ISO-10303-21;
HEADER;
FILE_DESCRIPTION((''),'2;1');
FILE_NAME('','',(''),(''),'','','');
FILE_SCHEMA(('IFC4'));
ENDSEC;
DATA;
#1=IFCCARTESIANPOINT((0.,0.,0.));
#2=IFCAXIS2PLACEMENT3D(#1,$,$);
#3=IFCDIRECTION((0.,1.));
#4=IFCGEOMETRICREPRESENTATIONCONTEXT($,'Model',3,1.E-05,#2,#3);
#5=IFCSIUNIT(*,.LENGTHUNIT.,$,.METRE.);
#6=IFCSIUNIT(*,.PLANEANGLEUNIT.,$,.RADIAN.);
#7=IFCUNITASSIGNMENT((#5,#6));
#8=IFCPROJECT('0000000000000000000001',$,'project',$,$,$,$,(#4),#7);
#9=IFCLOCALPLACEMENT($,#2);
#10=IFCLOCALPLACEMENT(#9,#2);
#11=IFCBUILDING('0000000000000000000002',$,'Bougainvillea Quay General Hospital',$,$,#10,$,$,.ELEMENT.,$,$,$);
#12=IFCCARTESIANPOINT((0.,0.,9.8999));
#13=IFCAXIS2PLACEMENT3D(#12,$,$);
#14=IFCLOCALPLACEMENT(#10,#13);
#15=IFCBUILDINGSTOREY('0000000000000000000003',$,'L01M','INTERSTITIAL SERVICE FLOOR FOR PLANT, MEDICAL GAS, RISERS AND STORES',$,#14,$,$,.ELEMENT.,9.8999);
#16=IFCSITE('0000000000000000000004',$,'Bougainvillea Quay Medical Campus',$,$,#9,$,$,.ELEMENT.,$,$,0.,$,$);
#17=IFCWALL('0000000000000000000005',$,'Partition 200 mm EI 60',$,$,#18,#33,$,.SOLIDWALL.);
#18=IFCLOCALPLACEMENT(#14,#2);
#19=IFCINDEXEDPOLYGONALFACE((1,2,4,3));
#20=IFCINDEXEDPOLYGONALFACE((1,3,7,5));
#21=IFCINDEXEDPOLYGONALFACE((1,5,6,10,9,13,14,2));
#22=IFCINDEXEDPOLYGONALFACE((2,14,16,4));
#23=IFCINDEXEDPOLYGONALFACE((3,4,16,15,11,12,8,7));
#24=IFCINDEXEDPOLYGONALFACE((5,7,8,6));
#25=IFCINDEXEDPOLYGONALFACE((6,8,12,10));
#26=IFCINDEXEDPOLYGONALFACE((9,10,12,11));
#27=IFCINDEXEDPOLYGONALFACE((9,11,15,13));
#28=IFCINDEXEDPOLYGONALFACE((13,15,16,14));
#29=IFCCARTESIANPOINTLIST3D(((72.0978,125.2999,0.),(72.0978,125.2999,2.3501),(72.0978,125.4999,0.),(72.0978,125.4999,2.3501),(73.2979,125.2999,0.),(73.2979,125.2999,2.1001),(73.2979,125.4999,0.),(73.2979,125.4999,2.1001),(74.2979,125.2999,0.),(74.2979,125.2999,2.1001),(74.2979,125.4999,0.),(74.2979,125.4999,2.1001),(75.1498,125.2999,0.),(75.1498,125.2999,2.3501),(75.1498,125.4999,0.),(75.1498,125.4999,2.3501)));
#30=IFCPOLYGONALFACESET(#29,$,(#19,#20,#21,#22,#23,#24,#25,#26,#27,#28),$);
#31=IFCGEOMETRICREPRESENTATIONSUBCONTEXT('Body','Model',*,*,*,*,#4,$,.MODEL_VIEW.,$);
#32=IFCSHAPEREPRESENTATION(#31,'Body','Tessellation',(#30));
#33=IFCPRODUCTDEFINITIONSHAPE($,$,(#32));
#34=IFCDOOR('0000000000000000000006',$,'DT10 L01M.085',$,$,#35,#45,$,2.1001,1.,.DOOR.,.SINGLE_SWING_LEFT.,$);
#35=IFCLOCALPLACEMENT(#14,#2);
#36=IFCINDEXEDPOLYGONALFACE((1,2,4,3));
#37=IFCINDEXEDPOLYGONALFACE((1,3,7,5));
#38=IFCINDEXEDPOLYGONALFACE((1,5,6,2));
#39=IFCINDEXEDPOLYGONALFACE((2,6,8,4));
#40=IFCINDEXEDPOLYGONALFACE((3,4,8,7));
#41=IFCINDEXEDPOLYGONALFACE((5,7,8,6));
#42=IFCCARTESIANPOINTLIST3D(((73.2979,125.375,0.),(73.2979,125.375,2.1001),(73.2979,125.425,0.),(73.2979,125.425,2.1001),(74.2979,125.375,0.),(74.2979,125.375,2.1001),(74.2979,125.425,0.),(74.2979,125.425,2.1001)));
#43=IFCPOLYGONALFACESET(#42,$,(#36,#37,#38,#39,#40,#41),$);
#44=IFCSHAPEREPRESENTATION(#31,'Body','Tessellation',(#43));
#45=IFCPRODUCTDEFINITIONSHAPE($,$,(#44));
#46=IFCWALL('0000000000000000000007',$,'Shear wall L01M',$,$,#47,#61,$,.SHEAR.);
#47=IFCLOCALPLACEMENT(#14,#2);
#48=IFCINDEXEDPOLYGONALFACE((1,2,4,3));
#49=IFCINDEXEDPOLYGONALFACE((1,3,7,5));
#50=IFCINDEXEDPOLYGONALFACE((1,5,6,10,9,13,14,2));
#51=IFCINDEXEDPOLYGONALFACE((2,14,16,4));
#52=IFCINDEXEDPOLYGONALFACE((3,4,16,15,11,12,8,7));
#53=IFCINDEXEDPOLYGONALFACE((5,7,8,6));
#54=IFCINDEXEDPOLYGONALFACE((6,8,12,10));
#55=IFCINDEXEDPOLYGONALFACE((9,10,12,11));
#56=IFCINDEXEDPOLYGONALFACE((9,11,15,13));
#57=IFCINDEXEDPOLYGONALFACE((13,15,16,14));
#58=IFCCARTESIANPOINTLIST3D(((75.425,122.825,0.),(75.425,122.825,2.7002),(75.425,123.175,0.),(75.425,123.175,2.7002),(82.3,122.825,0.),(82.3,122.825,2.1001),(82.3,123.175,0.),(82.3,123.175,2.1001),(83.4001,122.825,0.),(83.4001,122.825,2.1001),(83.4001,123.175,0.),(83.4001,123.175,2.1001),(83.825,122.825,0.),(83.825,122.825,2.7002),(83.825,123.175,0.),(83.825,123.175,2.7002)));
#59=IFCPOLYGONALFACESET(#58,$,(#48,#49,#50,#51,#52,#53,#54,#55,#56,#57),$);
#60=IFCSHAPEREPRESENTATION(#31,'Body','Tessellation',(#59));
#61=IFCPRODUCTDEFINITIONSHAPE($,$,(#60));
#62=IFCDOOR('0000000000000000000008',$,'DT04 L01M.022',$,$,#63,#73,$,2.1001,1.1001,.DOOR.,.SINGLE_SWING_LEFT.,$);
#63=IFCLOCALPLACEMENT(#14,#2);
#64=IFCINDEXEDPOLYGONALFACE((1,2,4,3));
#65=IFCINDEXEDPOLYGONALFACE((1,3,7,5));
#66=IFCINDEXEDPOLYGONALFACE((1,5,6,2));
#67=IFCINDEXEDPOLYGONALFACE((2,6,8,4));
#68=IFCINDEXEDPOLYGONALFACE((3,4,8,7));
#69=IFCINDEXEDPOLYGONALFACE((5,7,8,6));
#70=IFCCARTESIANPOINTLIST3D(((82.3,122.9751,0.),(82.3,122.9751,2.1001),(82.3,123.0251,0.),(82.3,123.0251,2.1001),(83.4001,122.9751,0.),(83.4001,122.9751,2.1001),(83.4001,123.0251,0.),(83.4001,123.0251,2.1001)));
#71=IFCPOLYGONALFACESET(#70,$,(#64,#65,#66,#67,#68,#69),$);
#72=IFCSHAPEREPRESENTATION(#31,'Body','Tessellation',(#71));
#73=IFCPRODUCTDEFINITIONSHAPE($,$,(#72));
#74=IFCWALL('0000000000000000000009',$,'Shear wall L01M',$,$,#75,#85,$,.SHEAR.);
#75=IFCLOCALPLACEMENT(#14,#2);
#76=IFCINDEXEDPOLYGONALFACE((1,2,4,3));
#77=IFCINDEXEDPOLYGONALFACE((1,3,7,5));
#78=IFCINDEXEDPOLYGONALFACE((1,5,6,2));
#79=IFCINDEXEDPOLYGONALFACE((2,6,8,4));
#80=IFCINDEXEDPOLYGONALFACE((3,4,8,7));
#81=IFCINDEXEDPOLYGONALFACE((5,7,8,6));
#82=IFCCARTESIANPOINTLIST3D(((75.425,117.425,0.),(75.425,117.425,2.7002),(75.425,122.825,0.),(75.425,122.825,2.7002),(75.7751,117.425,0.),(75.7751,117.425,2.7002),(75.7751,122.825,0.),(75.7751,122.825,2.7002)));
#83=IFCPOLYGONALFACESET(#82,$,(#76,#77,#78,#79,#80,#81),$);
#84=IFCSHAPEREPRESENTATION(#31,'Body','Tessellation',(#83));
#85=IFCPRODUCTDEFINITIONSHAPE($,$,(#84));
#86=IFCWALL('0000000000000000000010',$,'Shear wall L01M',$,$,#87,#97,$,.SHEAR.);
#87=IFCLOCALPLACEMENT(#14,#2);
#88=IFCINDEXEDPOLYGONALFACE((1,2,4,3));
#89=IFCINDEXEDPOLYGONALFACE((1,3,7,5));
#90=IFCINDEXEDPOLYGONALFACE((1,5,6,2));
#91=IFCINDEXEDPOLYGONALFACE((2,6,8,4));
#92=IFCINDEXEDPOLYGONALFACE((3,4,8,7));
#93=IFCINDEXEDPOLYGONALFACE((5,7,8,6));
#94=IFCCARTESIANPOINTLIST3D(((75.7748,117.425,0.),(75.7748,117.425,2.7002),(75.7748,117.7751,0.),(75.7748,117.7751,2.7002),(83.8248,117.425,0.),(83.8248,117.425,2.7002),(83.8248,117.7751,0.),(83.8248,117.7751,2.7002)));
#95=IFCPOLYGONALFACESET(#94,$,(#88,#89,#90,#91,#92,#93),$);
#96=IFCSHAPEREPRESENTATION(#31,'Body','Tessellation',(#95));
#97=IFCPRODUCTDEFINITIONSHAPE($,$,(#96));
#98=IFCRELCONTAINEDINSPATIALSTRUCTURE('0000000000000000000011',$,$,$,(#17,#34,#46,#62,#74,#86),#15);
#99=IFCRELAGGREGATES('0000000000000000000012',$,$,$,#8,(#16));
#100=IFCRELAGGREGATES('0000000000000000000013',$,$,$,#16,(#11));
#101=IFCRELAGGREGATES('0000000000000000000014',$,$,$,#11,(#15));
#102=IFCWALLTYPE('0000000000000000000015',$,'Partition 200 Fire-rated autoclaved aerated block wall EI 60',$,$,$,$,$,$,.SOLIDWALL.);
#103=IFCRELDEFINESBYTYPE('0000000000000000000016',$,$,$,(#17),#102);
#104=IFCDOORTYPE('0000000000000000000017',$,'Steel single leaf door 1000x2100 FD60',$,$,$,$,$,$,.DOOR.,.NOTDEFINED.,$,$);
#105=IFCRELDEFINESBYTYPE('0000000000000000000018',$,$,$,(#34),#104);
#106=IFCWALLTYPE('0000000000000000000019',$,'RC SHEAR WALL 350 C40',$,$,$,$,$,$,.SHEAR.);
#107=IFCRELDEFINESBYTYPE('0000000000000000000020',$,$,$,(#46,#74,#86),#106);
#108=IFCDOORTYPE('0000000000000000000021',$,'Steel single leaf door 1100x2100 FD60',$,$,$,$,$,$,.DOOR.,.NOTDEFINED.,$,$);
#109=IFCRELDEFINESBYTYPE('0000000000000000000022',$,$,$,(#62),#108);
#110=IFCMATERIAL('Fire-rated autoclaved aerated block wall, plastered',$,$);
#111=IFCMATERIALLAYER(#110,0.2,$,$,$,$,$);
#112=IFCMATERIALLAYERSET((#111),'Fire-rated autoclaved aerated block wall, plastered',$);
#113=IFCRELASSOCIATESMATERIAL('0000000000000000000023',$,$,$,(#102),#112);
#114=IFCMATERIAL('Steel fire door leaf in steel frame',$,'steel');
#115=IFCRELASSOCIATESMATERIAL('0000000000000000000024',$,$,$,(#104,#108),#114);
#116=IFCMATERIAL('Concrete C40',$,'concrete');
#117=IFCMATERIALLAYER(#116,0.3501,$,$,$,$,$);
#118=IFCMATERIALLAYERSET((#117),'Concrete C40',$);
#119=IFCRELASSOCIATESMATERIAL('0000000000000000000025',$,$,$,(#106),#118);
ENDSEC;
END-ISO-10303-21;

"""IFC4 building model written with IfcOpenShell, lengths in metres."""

from ifc_helpers import new_model, si_unit, direction, frame, frame_2d, origin, place, context, subcontext, project, spatial, rectangle, extrude, material, layer, layer_set, type_object, element, fill, save


model = new_model("IFC4")

# Units and contexts
model_context = context("Model", 3, precision=1e-05, world=origin(), true_north=direction((0.0, 1.0)))
body_context = subcontext(model_context, "Body", "Model", "MODEL_VIEW")
ifc_project = project(units=[si_unit("LENGTHUNIT", "METRE"), si_unit("PLANEANGLEUNIT", "RADIAN")], contexts=[model_context])

# Site, building, storey
site_placement = place(None, origin())
site = spatial("IfcSite", under=ifc_project, at=site_placement, Name="Bougainvillea Quay Medical Campus", CompositionType="ELEMENT", RefElevation=0.0)
building_placement = place(site_placement, origin())
building = spatial("IfcBuilding", under=site, at=building_placement, Name="Bougainvillea Quay General Hospital", CompositionType="ELEMENT")
storey_placement = place(building_placement, frame((0.0, 0.0, 9.8999)))
storey = spatial("IfcBuildingStorey", under=building, at=storey_placement, Name="L01M", Description="INTERSTITIAL SERVICE FLOOR FOR PLANT, MEDICAL GAS, RISERS AND STORES", CompositionType="ELEMENT", Elevation=9.8999)

# Shared definitions
ifc_material_1 = material(Name="Concrete C40", Category="concrete")

# Shared definitions
ifc_material_2 = material(Name="Fire-rated autoclaved aerated block wall, plastered")
ifc_material_3 = material(Name="Steel fire door leaf in steel frame", Category="steel")

# Shared definitions
ifc_layer_1 = layer(ifc_material_2, 0.2)
ifc_layer_set_1 = layer_set([ifc_layer_1], Name="Fire-rated autoclaved aerated block wall, plastered")
wall_type_1 = type_object("IfcWallType", Name="Partition 200 Fire-rated autoclaved aerated block wall EI 60", PredefinedType="SOLIDWALL", material=ifc_layer_set_1)

# Walls, openings, doors
wall_1_placement = place(storey_placement, frame((72.0979, 125.3999, 0.0), z_axis=(0.0, 0.0, 1.0), x_axis=(1.0, 0.0, 0.0)))
wall_1 = element("IfcWall", 1, at=wall_1_placement, inside=storey, type_object=wall_type_1, Name="Partition 200 mm EI 60", PredefinedType="SOLIDWALL", context=body_context, shape_type="SweptSolid", body=[
    extrude(rectangle(XDim=3.052, YDim=0.2, at=frame_2d((1.5259, 0.0))), origin(), (0.0, 0.0, 1.0), 2.3501),
])
opening_1_placement = place(wall_1_placement, frame((1.2, 0.0, 0.0)))
opening_1 = element("IfcOpeningElement", 2, at=opening_1_placement, cuts=wall_1, PredefinedType="OPENING", context=body_context, shape_type="SweptSolid", body=[
    extrude(rectangle(XDim=1.0, YDim=2.1001, at=frame_2d((0.5, 1.05))), frame((0.0, 0.1099, 0.0), z_axis=(0.0, -1.0, 0.0), x_axis=(1.0, 0.0, 0.0)), (0.0, 0.0, 1.0), 0.22),
])
door_type_1 = type_object("IfcDoorType", Name="Steel single leaf door 1000x2100 FD60", OperationType="NOTDEFINED", PredefinedType="DOOR", material=ifc_material_3)
door_1_placement = place(opening_1_placement, frame((1.0, 0.0, 0.0), z_axis=(0.0, 0.0, 1.0), x_axis=(-1.0, 0.0, 0.0)))
door_1 = element("IfcDoor", 3, at=door_1_placement, inside=storey, type_object=door_type_1, Name="DT10 L01M.085", OperationType="SINGLE_SWING_LEFT", OverallHeight=2.1001, OverallWidth=1.0, PredefinedType="DOOR", context=body_context, shape_type="SweptSolid", body=[
    extrude(rectangle(XDim=1.0, YDim=2.1001, at=frame_2d((0.5, 1.05))), frame((0.0, 0.0249, 0.0), z_axis=(0.0, -1.0, 0.0), x_axis=(1.0, 0.0, 0.0)), (0.0, 0.0, 1.0), 0.05),
])
fill(opening_1, door_1)
ifc_layer_2 = layer(ifc_material_1, 0.3501)
ifc_layer_set_2 = layer_set([ifc_layer_2], Name="Concrete C40")
wall_type_2 = type_object("IfcWallType", Name="RC SHEAR WALL 350 C40", PredefinedType="SHEAR", material=ifc_layer_set_2)
wall_2_placement = place(storey_placement, frame((75.425, 123.0, 0.0), z_axis=(0.0, 0.0, 1.0), x_axis=(1.0, 0.0, 0.0)))
wall_2 = element("IfcWall", 4, at=wall_2_placement, inside=storey, type_object=wall_type_2, Name="Shear wall L01M", PredefinedType="SHEAR", context=body_context, shape_type="SweptSolid", body=[
    extrude(rectangle(XDim=8.3999, YDim=0.3501, at=frame_2d((4.2, 0.0))), origin(), (0.0, 0.0, 1.0), 2.7002),
])
opening_2_placement = place(wall_2_placement, frame((6.875, 0.0, 0.0)))
opening_2 = element("IfcOpeningElement", 5, at=opening_2_placement, cuts=wall_2, PredefinedType="OPENING", context=body_context, shape_type="SweptSolid", body=[
    extrude(rectangle(XDim=1.1001, YDim=2.1001, at=frame_2d((0.55, 1.05))), frame((0.0, 0.1851, 0.0), z_axis=(0.0, -1.0, 0.0), x_axis=(1.0, 0.0, 0.0)), (0.0, 0.0, 1.0), 0.3701),
])
door_type_2 = type_object("IfcDoorType", Name="Steel single leaf door 1100x2100 FD60", OperationType="NOTDEFINED", PredefinedType="DOOR", material=ifc_material_3)
door_2_placement = place(opening_2_placement, frame((1.1001, 0.0, 0.0), z_axis=(0.0, 0.0, 1.0), x_axis=(-1.0, 0.0, 0.0)))
door_2 = element("IfcDoor", 6, at=door_2_placement, inside=storey, type_object=door_type_2, Name="DT04 L01M.022", OperationType="SINGLE_SWING_LEFT", OverallHeight=2.1001, OverallWidth=1.1001, PredefinedType="DOOR", context=body_context, shape_type="SweptSolid", body=[
    extrude(rectangle(XDim=1.1001, YDim=2.1001, at=frame_2d((0.55, 1.05))), frame((0.0, 0.0249, 0.0), z_axis=(0.0, -1.0, 0.0), x_axis=(1.0, 0.0, 0.0)), (0.0, 0.0, 1.0), 0.05),
])
fill(opening_2, door_2)

# Walls
wall_3_placement = place(storey_placement, frame((75.6001, 117.425, 0.0), z_axis=(0.0, 0.0, 1.0), x_axis=(0.0, 1.0, 0.0)))
element("IfcWall", 7, at=wall_3_placement, inside=storey, type_object=wall_type_2, Name="Shear wall L01M", PredefinedType="SHEAR", context=body_context, shape_type="SweptSolid", body=[
    extrude(rectangle(XDim=5.3999, YDim=0.3501, at=frame_2d((2.7, 0.0))), origin(), (0.0, 0.0, 1.0), 2.7002),
])
wall_4_placement = place(storey_placement, frame((75.7749, 117.6001, 0.0), z_axis=(0.0, 0.0, 1.0), x_axis=(1.0, 0.0, 0.0)))
element("IfcWall", 8, at=wall_4_placement, inside=storey, type_object=wall_type_2, Name="Shear wall L01M", PredefinedType="SHEAR", context=body_context, shape_type="SweptSolid", body=[
    extrude(rectangle(XDim=8.05, YDim=0.3501, at=frame_2d((4.0249, 0.0))), origin(), (0.0, 0.0, 1.0), 2.7002),
])

save(model, "model.ifc")
